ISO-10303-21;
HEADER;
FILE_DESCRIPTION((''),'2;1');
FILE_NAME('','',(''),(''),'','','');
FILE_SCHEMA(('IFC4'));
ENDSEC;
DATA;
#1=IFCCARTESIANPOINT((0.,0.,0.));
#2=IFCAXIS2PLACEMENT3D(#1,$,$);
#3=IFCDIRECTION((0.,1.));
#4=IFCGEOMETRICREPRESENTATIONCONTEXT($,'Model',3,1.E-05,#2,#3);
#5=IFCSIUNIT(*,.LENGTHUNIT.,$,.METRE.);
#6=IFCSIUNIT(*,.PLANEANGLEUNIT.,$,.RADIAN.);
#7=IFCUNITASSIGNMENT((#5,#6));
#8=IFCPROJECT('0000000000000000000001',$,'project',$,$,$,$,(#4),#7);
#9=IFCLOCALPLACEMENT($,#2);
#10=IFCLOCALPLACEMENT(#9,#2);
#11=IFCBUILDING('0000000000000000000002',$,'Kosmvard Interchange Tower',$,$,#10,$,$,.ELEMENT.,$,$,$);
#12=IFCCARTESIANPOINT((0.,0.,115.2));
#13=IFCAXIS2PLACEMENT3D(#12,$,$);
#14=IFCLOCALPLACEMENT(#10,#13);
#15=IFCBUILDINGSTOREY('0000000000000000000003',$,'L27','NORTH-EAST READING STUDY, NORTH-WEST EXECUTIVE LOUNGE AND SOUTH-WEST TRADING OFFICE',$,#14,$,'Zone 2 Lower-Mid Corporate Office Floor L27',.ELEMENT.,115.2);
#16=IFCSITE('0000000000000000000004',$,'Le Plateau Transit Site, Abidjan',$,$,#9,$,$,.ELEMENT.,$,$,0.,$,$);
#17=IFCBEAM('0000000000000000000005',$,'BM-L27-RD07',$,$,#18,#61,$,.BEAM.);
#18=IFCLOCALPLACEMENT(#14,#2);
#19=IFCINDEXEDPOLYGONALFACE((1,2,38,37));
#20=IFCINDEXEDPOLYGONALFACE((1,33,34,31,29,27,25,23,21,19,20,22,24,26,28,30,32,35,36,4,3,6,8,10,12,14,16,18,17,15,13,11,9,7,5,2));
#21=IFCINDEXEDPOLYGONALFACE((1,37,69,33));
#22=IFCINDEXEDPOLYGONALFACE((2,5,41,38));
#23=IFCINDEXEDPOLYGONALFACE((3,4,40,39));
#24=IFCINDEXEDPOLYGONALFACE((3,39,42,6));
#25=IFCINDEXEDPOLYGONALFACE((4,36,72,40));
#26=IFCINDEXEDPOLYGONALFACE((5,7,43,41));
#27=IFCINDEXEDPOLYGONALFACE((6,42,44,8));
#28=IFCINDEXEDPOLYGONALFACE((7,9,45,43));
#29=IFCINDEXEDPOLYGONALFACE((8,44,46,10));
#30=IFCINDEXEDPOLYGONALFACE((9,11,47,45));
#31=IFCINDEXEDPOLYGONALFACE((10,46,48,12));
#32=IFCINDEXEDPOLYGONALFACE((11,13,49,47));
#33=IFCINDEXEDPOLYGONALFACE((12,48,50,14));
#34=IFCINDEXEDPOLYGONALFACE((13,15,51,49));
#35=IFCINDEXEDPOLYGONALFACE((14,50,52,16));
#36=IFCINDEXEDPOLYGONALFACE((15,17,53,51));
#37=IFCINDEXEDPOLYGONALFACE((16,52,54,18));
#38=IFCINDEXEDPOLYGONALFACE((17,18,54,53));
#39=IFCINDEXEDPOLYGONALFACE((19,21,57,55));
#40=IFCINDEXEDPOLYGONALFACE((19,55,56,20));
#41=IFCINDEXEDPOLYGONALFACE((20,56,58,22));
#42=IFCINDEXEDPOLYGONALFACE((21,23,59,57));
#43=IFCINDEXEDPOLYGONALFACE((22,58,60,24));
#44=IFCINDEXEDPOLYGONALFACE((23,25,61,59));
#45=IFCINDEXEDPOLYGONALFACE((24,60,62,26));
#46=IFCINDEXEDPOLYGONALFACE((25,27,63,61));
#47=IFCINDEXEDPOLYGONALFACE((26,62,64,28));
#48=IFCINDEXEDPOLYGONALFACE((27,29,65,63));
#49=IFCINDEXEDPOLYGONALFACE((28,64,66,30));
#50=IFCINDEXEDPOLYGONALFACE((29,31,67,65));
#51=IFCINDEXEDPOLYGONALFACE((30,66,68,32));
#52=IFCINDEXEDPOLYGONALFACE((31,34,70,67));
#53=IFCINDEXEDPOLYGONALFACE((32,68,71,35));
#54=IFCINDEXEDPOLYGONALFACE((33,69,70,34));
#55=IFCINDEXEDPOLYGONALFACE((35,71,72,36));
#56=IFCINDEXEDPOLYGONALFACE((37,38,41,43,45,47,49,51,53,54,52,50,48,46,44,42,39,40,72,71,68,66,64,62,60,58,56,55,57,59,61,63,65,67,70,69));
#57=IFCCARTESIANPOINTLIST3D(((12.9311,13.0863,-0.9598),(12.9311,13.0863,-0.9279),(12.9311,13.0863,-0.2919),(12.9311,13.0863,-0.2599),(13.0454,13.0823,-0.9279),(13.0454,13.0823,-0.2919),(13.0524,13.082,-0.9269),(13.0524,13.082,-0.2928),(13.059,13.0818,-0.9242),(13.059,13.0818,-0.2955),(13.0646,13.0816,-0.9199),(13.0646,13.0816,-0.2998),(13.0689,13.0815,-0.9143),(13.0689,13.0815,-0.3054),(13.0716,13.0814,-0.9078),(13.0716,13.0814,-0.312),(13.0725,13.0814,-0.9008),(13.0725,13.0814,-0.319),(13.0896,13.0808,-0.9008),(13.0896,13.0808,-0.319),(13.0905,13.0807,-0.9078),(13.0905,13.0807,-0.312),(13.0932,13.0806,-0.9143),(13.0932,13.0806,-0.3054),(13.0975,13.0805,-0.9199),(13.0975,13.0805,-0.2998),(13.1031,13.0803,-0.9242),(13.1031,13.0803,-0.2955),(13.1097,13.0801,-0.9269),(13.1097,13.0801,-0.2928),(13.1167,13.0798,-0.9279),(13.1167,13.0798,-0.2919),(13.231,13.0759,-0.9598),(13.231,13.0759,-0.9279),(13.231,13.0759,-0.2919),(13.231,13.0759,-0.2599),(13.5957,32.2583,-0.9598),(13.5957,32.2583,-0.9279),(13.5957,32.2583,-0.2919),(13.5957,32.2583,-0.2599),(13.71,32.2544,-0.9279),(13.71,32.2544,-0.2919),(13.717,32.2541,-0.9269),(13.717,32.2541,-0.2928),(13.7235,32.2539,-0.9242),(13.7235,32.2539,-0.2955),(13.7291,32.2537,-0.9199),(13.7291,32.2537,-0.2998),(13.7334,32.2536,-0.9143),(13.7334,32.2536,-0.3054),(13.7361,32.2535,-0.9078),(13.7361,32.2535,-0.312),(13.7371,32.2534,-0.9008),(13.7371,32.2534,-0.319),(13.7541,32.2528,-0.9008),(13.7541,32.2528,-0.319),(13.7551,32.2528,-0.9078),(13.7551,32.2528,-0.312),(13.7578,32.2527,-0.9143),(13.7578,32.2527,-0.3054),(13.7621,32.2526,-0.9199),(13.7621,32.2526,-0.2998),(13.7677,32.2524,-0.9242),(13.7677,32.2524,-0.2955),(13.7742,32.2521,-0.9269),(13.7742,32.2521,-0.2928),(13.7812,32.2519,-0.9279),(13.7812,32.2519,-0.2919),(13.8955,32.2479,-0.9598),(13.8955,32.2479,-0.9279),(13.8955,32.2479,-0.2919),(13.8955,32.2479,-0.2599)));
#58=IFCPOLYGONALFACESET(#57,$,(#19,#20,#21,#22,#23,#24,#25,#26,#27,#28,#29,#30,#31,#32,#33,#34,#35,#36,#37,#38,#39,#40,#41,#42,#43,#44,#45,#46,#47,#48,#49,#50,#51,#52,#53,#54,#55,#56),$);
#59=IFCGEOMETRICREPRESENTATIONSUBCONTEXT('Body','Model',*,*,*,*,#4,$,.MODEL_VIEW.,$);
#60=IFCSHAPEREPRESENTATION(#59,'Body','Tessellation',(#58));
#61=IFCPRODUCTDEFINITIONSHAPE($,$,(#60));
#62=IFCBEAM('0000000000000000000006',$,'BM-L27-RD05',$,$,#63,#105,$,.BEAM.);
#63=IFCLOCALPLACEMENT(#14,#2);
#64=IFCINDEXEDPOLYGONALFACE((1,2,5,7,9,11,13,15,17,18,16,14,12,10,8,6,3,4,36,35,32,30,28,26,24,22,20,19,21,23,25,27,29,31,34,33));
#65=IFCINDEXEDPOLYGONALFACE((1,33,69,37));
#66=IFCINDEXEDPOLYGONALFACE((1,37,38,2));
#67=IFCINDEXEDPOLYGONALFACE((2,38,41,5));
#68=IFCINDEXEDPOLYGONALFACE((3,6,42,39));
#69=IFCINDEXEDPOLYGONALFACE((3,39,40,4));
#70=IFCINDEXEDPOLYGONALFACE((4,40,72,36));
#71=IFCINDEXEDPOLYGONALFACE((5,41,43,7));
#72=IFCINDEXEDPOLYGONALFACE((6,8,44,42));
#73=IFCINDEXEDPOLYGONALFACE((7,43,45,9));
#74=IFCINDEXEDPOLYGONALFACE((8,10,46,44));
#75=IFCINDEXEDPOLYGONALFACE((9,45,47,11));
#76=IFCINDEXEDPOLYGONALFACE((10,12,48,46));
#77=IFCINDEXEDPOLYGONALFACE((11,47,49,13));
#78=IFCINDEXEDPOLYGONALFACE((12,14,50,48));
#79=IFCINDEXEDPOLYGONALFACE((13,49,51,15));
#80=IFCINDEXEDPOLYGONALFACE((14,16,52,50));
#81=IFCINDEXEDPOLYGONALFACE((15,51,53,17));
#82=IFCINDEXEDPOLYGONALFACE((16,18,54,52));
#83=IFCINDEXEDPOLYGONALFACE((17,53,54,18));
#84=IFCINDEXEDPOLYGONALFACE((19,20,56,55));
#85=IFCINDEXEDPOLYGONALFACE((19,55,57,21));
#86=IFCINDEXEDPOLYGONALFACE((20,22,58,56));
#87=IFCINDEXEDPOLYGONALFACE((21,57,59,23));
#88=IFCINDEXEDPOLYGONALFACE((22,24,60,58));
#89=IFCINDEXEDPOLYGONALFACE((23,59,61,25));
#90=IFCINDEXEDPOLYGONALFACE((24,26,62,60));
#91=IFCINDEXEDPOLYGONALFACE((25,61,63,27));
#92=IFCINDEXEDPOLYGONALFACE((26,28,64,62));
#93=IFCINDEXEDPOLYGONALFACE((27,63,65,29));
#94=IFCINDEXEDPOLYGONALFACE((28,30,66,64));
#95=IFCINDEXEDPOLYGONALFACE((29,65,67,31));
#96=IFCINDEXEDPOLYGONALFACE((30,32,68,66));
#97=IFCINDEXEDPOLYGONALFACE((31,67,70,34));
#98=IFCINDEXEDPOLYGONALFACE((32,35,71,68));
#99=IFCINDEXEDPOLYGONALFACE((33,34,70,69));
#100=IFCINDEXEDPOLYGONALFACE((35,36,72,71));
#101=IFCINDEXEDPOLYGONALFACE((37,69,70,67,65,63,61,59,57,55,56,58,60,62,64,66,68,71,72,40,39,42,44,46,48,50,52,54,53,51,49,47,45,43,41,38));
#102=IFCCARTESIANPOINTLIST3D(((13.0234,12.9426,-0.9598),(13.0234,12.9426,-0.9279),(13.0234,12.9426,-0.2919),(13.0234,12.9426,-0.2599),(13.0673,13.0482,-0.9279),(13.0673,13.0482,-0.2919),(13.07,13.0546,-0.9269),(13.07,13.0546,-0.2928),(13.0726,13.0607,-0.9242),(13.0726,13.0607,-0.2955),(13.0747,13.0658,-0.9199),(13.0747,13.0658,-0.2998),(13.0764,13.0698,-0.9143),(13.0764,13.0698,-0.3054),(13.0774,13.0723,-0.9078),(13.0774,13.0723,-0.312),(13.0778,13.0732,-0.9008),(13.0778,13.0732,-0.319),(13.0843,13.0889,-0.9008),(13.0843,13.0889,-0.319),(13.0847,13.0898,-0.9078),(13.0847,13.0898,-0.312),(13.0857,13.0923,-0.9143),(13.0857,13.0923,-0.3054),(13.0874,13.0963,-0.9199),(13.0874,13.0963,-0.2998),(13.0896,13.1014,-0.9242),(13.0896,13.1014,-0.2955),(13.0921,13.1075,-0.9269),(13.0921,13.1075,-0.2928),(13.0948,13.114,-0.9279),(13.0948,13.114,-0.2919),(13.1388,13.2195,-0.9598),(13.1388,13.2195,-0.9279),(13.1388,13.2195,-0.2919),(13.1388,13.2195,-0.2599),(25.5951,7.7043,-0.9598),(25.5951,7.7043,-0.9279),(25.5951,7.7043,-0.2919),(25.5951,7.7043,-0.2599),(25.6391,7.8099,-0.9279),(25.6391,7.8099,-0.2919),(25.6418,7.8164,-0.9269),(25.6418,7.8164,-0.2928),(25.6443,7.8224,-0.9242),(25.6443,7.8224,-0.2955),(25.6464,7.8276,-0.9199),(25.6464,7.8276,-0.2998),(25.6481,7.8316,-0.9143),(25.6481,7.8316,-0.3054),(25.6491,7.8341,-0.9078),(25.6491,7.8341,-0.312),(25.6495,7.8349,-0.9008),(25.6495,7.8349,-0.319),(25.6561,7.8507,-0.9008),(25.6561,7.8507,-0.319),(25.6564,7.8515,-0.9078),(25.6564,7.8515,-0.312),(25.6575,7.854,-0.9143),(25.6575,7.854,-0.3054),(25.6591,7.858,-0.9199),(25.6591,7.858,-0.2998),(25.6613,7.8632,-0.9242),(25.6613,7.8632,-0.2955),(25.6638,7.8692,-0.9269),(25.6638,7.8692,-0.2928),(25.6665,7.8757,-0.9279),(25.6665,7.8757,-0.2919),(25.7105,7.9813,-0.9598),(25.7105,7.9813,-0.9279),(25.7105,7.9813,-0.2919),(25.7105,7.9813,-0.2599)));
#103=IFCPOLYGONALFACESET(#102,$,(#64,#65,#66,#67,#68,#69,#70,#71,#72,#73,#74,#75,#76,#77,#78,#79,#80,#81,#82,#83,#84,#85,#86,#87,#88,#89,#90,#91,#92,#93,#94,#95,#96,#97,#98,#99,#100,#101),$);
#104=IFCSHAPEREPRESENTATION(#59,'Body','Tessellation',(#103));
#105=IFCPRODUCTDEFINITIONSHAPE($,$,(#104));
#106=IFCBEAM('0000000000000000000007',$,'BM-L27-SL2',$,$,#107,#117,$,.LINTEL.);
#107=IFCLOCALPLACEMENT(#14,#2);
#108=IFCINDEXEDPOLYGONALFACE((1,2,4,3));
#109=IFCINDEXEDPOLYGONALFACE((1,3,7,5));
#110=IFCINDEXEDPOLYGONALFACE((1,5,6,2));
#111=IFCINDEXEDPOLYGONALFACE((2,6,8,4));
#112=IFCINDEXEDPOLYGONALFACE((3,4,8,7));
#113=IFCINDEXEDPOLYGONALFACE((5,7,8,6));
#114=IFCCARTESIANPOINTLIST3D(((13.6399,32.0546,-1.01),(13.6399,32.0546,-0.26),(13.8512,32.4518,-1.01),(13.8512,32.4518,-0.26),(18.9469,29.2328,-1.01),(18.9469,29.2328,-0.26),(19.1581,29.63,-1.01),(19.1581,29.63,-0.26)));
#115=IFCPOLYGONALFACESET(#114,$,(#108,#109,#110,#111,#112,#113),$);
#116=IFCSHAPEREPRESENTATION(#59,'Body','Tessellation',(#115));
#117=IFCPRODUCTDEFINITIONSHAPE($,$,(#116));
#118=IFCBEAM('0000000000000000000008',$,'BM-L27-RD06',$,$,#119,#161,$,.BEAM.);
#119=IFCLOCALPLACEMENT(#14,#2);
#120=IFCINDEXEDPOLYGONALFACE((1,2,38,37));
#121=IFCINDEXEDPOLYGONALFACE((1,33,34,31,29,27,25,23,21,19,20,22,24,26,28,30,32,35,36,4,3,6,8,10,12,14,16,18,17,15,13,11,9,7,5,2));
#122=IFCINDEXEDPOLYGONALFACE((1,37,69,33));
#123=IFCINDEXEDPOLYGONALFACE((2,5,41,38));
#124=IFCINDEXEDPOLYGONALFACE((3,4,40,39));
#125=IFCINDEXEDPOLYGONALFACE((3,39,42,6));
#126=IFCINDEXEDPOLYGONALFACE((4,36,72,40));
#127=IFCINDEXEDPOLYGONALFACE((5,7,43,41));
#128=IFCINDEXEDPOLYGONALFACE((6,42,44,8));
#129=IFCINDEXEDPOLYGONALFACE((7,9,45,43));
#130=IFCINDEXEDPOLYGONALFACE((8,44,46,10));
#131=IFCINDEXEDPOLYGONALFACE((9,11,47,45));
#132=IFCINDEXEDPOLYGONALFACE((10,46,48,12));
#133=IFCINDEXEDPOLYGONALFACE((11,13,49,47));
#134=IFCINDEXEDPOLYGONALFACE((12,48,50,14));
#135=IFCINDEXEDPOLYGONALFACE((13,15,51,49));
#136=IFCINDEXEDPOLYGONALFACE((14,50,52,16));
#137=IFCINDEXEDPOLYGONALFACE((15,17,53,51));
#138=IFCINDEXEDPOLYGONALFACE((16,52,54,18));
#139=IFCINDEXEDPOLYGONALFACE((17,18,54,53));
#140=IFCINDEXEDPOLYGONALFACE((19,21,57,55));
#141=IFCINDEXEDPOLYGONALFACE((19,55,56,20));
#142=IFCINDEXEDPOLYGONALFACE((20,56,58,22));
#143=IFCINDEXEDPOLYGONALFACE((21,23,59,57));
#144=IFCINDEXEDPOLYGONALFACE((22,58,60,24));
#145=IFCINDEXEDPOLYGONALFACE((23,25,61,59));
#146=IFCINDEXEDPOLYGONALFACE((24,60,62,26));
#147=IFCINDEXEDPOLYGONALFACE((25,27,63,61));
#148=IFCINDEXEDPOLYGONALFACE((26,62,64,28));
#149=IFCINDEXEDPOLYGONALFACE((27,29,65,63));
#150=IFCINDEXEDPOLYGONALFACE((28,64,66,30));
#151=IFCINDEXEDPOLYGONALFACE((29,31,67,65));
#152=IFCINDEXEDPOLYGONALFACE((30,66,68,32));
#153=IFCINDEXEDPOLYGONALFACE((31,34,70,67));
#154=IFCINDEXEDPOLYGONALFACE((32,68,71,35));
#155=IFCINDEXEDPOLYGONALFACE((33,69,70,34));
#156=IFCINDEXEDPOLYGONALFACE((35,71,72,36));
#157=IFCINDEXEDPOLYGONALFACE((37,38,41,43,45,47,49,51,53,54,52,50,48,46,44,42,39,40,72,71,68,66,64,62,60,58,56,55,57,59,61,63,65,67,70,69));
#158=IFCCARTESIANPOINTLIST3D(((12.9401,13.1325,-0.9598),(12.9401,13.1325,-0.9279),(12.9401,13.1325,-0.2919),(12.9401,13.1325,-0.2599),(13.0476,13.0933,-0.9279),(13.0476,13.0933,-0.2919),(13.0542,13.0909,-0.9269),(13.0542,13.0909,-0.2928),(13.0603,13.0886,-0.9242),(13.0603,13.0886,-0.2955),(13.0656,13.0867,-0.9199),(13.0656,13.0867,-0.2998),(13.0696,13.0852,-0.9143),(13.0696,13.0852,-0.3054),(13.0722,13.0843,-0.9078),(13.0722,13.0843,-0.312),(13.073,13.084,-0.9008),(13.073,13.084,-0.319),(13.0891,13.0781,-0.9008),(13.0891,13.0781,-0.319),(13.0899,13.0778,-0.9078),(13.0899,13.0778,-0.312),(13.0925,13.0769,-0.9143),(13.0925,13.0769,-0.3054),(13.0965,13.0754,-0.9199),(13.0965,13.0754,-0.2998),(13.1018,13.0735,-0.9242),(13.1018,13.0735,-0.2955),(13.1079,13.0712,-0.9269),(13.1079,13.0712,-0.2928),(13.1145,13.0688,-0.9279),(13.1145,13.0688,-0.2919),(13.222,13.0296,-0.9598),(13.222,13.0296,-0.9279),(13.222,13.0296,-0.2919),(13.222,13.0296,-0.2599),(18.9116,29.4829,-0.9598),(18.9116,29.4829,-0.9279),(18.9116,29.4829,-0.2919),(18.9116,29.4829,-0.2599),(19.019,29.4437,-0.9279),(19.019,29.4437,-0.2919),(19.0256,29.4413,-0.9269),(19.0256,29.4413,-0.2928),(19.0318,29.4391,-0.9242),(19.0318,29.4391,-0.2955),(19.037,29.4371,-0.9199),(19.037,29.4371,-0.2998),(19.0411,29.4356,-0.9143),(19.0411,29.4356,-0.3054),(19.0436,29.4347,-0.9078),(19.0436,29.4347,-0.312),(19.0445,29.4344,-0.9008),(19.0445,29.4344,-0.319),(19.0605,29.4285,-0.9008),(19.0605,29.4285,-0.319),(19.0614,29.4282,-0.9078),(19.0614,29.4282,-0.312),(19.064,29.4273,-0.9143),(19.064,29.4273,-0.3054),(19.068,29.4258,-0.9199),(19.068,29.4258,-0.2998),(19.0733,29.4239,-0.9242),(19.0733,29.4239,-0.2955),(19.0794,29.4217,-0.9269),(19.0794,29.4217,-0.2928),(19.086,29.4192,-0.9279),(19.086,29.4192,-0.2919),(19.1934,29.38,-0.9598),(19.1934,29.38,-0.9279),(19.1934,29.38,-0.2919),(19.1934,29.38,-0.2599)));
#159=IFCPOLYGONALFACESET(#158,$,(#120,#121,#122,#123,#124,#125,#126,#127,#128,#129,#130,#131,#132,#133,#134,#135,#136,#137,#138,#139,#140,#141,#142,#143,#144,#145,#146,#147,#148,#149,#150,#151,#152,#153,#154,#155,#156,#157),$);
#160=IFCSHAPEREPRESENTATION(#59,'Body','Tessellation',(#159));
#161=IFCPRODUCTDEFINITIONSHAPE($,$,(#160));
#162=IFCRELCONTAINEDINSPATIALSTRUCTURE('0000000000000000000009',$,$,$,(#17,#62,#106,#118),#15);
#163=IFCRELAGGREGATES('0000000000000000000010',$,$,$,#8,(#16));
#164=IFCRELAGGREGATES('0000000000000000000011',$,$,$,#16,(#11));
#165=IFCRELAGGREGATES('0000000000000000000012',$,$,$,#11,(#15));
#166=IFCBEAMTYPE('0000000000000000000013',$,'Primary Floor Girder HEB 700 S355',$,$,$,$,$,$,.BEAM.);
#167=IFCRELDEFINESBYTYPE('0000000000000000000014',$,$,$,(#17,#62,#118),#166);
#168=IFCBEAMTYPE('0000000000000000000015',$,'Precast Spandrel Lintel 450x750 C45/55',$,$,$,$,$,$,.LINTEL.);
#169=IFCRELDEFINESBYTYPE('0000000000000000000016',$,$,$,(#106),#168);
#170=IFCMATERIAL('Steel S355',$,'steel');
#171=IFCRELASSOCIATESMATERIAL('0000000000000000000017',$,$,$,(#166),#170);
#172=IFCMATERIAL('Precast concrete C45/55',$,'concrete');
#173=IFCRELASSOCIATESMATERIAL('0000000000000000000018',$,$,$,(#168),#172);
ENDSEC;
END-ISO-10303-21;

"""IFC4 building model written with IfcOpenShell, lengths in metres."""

from ifc_helpers import new_model, si_unit, direction, frame, origin, origin_2d, place, context, subcontext, project, spatial, rectangle, i_section, extrude, source, transform, mapped, material, material_profile, profile_set, type_object, element, save


model = new_model("IFC4")

# Units and contexts
model_context = context("Model", 3, precision=1e-05, world=origin(), true_north=direction((0.0, 1.0)))
body_context = subcontext(model_context, "Body", "Model", "MODEL_VIEW")
ifc_project = project(units=[si_unit("LENGTHUNIT", "METRE"), si_unit("PLANEANGLEUNIT", "RADIAN")], contexts=[model_context])

# Site, building, storey
site_placement = place(None, origin())
site = spatial("IfcSite", under=ifc_project, at=site_placement, Name="Le Plateau Transit Site, Abidjan", CompositionType="ELEMENT", RefElevation=0.0)
building_placement = place(site_placement, origin())
building = spatial("IfcBuilding", under=site, at=building_placement, Name="Kosmvard Interchange Tower", CompositionType="ELEMENT")
storey_placement = place(building_placement, frame((0.0, 0.0, 115.2)))
storey = spatial("IfcBuildingStorey", under=building, at=storey_placement, Name="L27", Description="NORTH-EAST READING STUDY, NORTH-WEST EXECUTIVE LOUNGE AND SOUTH-WEST TRADING OFFICE", LongName="Zone 2 Lower-Mid Corporate Office Floor L27", CompositionType="ELEMENT", Elevation=115.2)

# Beams
ifc_material_1 = material(Name="Steel S355", Category="steel")
ifc_material_profile_1 = material_profile(ifc_material_1, i_section(OverallWidth=0.3, OverallDepth=0.7, WebThickness=0.0171, FlangeThickness=0.032, FilletRadius=0.0271, at=origin_2d()), Name="HEB 700")
ifc_profile_set_1 = profile_set([ifc_material_profile_1], Name="Steel S355")
beam_type_1 = type_object("IfcBeamType", Name="Primary Floor Girder HEB 700 S355", PredefinedType="BEAM", material=ifc_profile_set_1)
shared_shape_1 = source(origin(), body_context, "Body", "SweptSolid", [
    extrude(i_section(OverallWidth=0.3, OverallDepth=0.7, WebThickness=0.0171, FlangeThickness=0.032, FilletRadius=0.0271, at=origin_2d()), origin(), (0.0, 0.0, 1.0), 19.1836),
])
beam_1_placement = place(storey_placement, frame((13.0811, 13.0811, -0.6099), z_axis=(0.034642, 0.9994, 0.0), x_axis=(-0.9994, 0.034642, 0.0)))
element("IfcBeam", 1, at=beam_1_placement, inside=storey, type_object=beam_type_1, Name="BM-L27-RD07", PredefinedType="BEAM", context=body_context, shape_type="MappedRepresentation", body=[
    mapped(shared_shape_1, transform((0.0, 0.0, 0.0), scale=1.0)),
])
shared_shape_2 = source(origin(), body_context, "Body", "SweptSolid", [
    extrude(i_section(OverallWidth=0.3, OverallDepth=0.7, WebThickness=0.0171, FlangeThickness=0.032, FilletRadius=0.0271, at=origin_2d()), origin(), (0.0, 0.0, 1.0), 13.6194),
])
beam_2_placement = place(storey_placement, frame((13.0811, 13.0811, -0.6099), z_axis=(0.923076, -0.384618, 0.0), x_axis=(0.384618, 0.923076, 0.0)))
element("IfcBeam", 2, at=beam_2_placement, inside=storey, type_object=beam_type_1, Name="BM-L27-RD05", PredefinedType="BEAM", context=body_context, shape_type="MappedRepresentation", body=[
    mapped(shared_shape_2, transform((0.0, 0.0, 0.0), scale=1.0)),
])
ifc_material_2 = material(Name="Precast concrete C45/55", Category="concrete")
ifc_material_profile_2 = material_profile(ifc_material_2, rectangle(XDim=0.45, YDim=0.75, at=origin_2d()), Name="SL 450x750")
ifc_profile_set_2 = profile_set([ifc_material_profile_2], Name="Precast concrete C45/55")
beam_type_2 = type_object("IfcBeamType", Name="Precast Spandrel Lintel 450x750 C45/55", PredefinedType="LINTEL", material=ifc_profile_set_2)
shared_shape_3 = source(origin(), body_context, "Body", "SweptSolid", [
    extrude(rectangle(XDim=0.45, YDim=0.75, at=origin_2d()), origin(), (0.0, 0.0, 1.0), 6.0105),
])
beam_3_placement = place(storey_placement, frame((19.0525, 29.4314, -0.635), z_axis=(-0.882944, 0.469479, 0.0), x_axis=(-0.469479, -0.882944, 0.0)))
element("IfcBeam", 3, at=beam_3_placement, inside=storey, type_object=beam_type_2, Name="BM-L27-SL2", PredefinedType="LINTEL", context=body_context, shape_type="MappedRepresentation", body=[
    mapped(shared_shape_3, transform((0.0, 0.0, 0.0), scale=1.0)),
])
shared_shape_4 = source(origin(), body_context, "Body", "SweptSolid", [
    extrude(i_section(OverallWidth=0.3, OverallDepth=0.7, WebThickness=0.0171, FlangeThickness=0.032, FilletRadius=0.0271, at=origin_2d()), origin(), (0.0, 0.0, 1.0), 17.4067),
])
beam_4_placement = place(storey_placement, frame((13.0811, 13.0811, -0.6099), z_axis=(0.343055, 0.939315, 0.0), x_axis=(-0.939315, 0.343055, 0.0)))
element("IfcBeam", 4, at=beam_4_placement, inside=storey, type_object=beam_type_1, Name="BM-L27-RD06", PredefinedType="BEAM", context=body_context, shape_type="MappedRepresentation", body=[
    mapped(shared_shape_4, transform((0.0, 0.0, 0.0), scale=1.0)),
])

save(model, "model.ifc")
